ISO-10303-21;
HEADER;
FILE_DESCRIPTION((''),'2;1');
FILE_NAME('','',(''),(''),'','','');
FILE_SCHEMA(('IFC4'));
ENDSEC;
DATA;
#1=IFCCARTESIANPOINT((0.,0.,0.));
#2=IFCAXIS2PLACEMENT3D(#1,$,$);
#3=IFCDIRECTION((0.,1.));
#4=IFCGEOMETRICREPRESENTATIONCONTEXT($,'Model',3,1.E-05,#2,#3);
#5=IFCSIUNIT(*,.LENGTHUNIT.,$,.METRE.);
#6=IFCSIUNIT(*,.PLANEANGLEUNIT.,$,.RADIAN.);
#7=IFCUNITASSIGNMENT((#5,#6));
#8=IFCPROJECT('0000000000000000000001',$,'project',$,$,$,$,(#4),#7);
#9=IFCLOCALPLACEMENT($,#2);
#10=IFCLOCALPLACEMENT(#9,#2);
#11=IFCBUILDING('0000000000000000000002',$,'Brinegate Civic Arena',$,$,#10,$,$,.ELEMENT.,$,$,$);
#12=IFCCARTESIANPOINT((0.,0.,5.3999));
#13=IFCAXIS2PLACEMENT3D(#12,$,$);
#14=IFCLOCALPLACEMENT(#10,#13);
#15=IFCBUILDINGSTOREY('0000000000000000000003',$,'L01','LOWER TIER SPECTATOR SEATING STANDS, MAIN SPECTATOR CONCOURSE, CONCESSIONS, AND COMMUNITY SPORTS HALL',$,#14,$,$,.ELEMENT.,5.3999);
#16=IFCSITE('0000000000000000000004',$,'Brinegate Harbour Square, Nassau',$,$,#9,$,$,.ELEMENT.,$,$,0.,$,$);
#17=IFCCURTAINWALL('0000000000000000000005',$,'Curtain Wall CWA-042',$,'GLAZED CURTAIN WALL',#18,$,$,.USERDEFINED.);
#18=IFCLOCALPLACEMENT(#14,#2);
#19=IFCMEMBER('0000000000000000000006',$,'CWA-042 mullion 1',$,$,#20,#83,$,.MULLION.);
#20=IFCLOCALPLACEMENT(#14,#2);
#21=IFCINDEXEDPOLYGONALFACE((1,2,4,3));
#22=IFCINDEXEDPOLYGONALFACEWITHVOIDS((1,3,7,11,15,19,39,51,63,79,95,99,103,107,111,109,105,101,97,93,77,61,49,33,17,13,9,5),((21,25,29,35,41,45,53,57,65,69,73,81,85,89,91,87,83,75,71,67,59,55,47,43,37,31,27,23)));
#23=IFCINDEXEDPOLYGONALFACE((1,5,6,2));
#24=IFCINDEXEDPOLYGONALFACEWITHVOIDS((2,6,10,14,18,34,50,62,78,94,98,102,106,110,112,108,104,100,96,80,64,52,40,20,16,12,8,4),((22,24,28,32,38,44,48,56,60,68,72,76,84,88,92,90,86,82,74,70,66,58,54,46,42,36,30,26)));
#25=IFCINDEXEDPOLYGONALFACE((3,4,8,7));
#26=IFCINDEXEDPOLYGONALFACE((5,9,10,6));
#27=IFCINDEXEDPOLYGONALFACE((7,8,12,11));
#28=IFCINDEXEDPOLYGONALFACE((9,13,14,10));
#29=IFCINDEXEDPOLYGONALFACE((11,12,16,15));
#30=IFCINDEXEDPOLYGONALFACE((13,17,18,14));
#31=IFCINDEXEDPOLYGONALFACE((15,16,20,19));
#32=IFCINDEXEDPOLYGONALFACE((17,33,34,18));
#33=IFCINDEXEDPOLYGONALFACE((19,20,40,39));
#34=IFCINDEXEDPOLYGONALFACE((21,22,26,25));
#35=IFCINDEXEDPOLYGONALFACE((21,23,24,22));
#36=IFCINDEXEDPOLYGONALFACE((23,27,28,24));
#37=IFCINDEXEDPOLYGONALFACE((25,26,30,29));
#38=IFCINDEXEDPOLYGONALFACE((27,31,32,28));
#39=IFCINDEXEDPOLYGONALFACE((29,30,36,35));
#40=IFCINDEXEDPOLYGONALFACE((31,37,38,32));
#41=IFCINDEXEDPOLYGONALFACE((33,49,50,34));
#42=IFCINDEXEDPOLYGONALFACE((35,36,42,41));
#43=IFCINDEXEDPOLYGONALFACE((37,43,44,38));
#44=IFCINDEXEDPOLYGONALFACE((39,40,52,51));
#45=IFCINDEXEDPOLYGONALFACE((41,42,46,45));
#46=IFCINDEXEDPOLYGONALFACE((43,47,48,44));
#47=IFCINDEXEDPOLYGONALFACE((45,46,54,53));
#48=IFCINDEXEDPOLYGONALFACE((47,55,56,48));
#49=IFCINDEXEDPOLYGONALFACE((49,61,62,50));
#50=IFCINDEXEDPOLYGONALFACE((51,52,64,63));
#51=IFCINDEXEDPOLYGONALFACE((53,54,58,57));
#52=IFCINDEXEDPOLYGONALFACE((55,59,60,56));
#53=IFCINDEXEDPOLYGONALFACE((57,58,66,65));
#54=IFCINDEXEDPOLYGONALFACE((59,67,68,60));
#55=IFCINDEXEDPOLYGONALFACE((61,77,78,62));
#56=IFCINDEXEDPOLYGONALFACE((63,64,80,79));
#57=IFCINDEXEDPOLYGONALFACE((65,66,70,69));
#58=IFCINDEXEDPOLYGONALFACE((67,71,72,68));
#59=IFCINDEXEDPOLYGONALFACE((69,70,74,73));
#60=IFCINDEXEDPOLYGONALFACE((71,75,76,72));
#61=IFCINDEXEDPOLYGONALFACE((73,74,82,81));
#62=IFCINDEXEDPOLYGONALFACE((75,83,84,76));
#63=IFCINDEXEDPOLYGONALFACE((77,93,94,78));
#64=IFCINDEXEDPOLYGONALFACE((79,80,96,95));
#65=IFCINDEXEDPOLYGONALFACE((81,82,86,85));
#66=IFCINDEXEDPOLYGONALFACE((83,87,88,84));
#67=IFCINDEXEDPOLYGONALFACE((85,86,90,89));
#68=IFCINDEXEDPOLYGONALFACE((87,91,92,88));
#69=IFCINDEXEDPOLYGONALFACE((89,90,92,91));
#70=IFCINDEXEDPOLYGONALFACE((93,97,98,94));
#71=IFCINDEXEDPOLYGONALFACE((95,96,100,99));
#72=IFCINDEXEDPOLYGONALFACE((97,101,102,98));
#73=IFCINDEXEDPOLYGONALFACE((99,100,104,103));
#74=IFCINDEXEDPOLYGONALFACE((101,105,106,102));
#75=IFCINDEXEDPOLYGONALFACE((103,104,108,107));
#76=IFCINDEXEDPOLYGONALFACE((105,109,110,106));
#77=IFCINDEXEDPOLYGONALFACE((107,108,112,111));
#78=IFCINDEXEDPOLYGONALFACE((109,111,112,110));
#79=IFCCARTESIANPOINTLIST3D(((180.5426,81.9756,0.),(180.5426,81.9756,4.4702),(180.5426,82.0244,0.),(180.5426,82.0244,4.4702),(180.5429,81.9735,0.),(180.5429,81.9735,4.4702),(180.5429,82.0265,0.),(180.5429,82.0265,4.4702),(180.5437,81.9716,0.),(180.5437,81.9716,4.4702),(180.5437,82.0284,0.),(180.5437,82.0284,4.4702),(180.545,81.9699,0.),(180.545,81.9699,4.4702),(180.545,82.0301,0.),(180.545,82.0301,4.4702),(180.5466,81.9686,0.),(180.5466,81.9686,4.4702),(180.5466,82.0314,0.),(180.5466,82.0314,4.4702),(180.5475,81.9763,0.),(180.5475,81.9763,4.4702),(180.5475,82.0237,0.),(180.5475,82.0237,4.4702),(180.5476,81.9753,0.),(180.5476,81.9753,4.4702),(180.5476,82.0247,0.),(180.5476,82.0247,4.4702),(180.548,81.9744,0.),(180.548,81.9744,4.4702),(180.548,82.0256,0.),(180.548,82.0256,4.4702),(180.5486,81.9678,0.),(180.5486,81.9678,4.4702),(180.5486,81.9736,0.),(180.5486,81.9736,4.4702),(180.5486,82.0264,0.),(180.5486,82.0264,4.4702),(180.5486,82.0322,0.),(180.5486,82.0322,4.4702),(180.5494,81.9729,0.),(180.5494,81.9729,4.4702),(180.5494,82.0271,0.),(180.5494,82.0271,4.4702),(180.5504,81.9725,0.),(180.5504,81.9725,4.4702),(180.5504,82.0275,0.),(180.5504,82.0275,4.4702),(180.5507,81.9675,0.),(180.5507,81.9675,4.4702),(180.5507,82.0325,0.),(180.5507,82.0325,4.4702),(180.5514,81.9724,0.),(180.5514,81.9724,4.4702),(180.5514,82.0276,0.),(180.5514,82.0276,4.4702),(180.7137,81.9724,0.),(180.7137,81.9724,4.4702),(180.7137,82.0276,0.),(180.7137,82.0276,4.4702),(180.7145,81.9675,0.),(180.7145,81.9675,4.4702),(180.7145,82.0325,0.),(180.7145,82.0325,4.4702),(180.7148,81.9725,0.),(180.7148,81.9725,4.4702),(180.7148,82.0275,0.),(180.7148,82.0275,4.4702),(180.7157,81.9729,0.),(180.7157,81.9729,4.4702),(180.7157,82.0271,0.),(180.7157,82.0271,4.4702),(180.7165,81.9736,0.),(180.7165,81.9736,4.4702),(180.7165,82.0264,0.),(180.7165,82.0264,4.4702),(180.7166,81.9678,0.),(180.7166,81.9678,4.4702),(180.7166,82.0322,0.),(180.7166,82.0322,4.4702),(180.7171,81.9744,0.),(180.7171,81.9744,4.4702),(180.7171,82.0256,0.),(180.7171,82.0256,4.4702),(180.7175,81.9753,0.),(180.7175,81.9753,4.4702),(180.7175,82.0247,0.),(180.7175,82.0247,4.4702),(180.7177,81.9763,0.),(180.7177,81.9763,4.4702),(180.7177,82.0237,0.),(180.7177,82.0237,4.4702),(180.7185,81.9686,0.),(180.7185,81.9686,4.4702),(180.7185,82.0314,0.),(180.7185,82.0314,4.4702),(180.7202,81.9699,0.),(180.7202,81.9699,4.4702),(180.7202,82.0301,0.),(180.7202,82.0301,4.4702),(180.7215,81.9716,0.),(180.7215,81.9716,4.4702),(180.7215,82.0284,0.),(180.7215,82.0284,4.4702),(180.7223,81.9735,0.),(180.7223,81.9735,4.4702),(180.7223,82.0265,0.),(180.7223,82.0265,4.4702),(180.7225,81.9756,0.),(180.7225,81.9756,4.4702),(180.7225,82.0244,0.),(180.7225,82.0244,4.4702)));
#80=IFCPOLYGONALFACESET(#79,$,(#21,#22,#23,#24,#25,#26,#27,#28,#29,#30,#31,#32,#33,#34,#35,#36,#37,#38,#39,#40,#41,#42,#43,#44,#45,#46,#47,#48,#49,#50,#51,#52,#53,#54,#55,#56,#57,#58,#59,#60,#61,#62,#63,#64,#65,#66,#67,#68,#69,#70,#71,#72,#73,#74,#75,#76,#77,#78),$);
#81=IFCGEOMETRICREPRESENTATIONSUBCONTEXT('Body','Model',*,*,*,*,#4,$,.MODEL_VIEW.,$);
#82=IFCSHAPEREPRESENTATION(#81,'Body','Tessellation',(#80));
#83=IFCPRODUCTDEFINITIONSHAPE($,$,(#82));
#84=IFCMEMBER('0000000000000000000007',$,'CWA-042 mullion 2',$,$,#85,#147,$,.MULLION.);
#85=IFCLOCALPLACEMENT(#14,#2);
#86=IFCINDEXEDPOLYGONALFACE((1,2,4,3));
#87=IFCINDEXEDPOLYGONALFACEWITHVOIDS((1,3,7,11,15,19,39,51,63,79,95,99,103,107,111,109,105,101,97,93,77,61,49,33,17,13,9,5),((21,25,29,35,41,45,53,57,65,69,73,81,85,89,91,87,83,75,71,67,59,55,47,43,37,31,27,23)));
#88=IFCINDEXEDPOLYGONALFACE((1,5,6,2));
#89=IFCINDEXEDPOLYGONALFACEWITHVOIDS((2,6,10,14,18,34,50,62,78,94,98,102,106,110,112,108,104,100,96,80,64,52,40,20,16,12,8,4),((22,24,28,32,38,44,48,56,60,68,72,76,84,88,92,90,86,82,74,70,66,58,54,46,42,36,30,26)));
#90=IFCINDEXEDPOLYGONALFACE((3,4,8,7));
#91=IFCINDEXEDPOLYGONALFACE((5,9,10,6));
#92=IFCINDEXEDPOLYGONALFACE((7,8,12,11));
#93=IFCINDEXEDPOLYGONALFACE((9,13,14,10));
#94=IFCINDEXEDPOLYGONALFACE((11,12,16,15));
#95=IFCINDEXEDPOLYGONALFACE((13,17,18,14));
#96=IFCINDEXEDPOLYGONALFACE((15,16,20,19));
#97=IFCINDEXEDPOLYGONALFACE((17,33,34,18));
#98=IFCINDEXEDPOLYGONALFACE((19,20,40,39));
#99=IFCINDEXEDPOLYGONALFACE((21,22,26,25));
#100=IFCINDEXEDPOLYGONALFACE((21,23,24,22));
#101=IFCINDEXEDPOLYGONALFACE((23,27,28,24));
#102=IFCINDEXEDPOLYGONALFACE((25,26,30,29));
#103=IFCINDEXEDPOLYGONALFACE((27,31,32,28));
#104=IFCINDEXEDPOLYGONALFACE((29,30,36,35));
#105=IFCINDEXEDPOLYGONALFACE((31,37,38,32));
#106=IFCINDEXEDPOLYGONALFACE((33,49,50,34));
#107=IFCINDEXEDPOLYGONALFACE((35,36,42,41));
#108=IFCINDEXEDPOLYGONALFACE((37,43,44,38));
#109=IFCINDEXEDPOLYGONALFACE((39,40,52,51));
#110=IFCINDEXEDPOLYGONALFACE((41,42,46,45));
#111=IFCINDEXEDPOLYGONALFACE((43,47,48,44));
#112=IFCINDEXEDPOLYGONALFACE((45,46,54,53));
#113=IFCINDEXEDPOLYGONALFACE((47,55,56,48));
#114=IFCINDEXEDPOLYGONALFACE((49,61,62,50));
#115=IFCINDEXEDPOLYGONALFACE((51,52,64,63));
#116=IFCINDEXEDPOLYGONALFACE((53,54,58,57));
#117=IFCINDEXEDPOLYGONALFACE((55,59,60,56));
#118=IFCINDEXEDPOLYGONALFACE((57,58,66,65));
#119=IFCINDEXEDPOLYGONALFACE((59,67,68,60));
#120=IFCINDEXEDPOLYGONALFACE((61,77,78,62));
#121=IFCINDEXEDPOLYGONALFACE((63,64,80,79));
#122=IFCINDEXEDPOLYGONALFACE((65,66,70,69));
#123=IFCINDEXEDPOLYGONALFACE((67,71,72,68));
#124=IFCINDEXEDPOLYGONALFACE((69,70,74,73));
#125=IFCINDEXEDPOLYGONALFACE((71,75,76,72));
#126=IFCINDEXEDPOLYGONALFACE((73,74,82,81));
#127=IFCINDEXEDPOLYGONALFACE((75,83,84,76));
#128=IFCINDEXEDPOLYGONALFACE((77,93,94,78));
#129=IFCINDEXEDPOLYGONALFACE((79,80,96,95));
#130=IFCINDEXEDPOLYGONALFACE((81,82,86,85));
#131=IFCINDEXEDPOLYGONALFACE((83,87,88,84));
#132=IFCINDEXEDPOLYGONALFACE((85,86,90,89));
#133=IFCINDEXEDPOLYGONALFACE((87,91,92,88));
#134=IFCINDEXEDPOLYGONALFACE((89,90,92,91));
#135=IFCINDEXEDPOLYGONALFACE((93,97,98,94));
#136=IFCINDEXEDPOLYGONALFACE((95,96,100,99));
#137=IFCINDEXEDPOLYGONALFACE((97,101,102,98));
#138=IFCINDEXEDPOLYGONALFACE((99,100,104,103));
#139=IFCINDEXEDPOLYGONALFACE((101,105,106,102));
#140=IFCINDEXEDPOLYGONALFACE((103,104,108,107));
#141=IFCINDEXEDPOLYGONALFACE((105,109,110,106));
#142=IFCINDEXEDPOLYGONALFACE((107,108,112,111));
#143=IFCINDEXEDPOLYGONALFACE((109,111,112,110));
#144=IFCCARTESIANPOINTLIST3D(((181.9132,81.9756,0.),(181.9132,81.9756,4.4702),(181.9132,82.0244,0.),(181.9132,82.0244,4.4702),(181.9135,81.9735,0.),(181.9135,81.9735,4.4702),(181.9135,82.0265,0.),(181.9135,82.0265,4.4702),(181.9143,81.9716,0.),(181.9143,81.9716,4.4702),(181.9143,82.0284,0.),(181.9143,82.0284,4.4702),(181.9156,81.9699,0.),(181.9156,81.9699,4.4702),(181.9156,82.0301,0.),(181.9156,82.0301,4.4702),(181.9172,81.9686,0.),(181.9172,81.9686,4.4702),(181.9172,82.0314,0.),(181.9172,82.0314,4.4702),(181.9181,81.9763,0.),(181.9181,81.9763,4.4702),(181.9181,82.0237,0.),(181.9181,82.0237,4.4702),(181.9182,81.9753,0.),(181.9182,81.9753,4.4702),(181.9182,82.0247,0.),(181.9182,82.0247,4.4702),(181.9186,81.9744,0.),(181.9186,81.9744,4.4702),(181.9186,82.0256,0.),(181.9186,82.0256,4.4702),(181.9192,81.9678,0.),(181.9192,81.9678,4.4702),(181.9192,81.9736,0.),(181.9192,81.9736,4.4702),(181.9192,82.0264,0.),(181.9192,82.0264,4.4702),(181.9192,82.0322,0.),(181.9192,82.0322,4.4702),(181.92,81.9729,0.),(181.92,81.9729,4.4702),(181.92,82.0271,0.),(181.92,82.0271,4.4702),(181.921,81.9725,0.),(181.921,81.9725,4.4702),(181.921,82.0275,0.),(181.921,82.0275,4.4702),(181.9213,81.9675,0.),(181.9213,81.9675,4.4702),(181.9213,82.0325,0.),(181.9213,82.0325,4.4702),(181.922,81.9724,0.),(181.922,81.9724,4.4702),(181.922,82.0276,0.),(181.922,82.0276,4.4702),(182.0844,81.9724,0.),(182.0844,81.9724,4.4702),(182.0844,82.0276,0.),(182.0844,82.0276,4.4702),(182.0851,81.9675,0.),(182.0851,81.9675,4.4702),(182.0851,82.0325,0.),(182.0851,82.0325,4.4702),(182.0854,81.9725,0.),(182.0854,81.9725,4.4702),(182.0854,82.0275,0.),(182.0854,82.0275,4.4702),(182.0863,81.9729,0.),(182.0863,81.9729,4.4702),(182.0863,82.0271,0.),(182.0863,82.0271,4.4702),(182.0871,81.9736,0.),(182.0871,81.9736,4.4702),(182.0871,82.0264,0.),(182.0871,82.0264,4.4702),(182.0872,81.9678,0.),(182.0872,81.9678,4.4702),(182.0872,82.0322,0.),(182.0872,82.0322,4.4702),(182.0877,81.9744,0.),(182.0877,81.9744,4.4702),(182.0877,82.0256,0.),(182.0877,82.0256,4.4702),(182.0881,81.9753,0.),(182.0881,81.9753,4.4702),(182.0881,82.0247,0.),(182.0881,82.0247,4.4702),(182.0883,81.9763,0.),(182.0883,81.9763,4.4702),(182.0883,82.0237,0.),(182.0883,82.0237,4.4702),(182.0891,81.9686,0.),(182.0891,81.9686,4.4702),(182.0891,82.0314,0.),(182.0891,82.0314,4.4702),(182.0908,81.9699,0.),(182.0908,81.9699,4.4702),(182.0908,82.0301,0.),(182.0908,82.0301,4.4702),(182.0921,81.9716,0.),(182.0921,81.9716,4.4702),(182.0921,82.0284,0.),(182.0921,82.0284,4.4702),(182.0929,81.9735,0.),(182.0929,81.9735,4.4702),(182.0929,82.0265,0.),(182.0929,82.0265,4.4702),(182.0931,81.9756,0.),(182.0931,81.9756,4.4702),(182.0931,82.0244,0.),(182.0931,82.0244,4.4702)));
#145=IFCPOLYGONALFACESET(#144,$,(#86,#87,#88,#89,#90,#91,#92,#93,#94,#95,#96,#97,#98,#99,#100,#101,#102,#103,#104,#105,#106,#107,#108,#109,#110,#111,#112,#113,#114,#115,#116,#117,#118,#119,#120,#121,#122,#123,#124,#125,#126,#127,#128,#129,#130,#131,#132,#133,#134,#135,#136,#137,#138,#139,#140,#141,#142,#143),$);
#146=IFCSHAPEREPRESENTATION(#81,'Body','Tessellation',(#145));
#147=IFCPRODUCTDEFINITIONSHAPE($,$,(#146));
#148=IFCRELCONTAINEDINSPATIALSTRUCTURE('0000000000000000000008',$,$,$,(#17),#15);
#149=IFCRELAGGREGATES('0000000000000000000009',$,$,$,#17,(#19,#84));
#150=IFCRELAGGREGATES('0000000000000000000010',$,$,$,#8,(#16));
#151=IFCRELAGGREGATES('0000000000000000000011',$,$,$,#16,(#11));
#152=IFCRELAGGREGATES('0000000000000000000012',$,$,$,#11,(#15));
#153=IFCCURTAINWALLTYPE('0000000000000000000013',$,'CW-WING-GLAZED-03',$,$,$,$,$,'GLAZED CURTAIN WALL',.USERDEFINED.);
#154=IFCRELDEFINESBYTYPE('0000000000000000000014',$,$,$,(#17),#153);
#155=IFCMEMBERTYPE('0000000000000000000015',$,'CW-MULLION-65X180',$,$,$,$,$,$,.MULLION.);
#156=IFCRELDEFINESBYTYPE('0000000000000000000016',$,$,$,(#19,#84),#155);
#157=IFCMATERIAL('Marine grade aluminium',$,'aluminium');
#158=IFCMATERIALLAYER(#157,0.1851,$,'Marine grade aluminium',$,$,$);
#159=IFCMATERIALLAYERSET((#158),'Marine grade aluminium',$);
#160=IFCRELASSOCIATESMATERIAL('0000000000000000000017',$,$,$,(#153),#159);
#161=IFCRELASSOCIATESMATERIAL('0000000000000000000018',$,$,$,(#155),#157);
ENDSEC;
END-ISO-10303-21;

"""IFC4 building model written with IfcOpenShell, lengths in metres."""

from ifc_helpers import new_model, si_unit, direction, frame, origin, origin_2d, place, context, subcontext, project, spatial, hollow_rectangle, extrude, material, layer, layer_set, material_profile, profile_set, type_object, element, aggregate, save


model = new_model("IFC4")

# Units and contexts
model_context = context("Model", 3, precision=1e-05, world=origin(), true_north=direction((0.0, 1.0)))
body_context = subcontext(model_context, "Body", "Model", "MODEL_VIEW")
ifc_project = project(units=[si_unit("LENGTHUNIT", "METRE"), si_unit("PLANEANGLEUNIT", "RADIAN")], contexts=[model_context])

# Site, building, storey
site_placement = place(None, origin())
site = spatial("IfcSite", under=ifc_project, at=site_placement, Name="Brinegate Harbour Square, Nassau", CompositionType="ELEMENT", RefElevation=0.0)
building_placement = place(site_placement, origin())
building = spatial("IfcBuilding", under=site, at=building_placement, Name="Brinegate Civic Arena", CompositionType="ELEMENT")
storey_placement = place(building_placement, frame((0.0, 0.0, 5.3999)))
storey = spatial("IfcBuildingStorey", under=building, at=storey_placement, Name="L01", Description="LOWER TIER SPECTATOR SEATING STANDS, MAIN SPECTATOR CONCOURSE, CONCESSIONS, AND COMMUNITY SPORTS HALL", CompositionType="ELEMENT", Elevation=5.3999)

# Curtain wall, members
ifc_material_1 = material(Name="Marine grade aluminium", Category="aluminium")
ifc_layer_1 = layer(ifc_material_1, 0.1851, Name="Marine grade aluminium")
ifc_layer_set_1 = layer_set([ifc_layer_1], Name="Marine grade aluminium")
curtain_wall_type = type_object("IfcCurtainWallType", Name="CW-WING-GLAZED-03", ElementType="GLAZED CURTAIN WALL", PredefinedType="USERDEFINED", material=ifc_layer_set_1)
curtain_wall_placement = place(storey_placement, origin())
curtain_wall = element("IfcCurtainWall", 1, at=curtain_wall_placement, inside=storey, type_object=curtain_wall_type, Name="Curtain Wall CWA-042", ObjectType="GLAZED CURTAIN WALL", PredefinedType="USERDEFINED")
ifc_material_profile_1 = material_profile(ifc_material_1, hollow_rectangle(XDim=0.0649, YDim=0.1799, WallThickness=0.0049, InnerFilletRadius=0.0039, OuterFilletRadius=0.0081, at=origin_2d()), Name="MUL65X180")
ifc_profile_set_1 = profile_set([ifc_material_profile_1], Name="Marine grade aluminium")
member_type_1 = type_object("IfcMemberType", Name="CW-MULLION-65X180", PredefinedType="MULLION", material=ifc_profile_set_1)
member_1_placement = place(storey_placement, frame((180.6326, 82.0, 0.0), z_axis=(0.0, 0.0, 1.0), x_axis=(0.0, 1.0, 0.0)))
member_1 = element("IfcMember", 2, at=member_1_placement, type_object=member_type_1, Name="CWA-042 mullion 1", PredefinedType="MULLION", context=body_context, shape_type="SweptSolid", body=[
    extrude(hollow_rectangle(XDim=0.0649, YDim=0.1799, WallThickness=0.0049, InnerFilletRadius=0.0039, OuterFilletRadius=0.0081, at=origin_2d()), origin(), (0.0, 0.0, 1.0), 4.4702),
])
member_2_placement = place(storey_placement, frame((182.0032, 82.0, 0.0), z_axis=(0.0, 0.0, 1.0), x_axis=(0.0, 1.0, 0.0)))
member_2 = element("IfcMember", 3, at=member_2_placement, type_object=member_type_1, Name="CWA-042 mullion 2", PredefinedType="MULLION", context=body_context, shape_type="SweptSolid", body=[
    extrude(hollow_rectangle(XDim=0.0649, YDim=0.1799, WallThickness=0.0049, InnerFilletRadius=0.0039, OuterFilletRadius=0.0081, at=origin_2d()), origin(), (0.0, 0.0, 1.0), 4.4702),
])
aggregate(curtain_wall, [member_1, member_2])

save(model, "model.ifc")
